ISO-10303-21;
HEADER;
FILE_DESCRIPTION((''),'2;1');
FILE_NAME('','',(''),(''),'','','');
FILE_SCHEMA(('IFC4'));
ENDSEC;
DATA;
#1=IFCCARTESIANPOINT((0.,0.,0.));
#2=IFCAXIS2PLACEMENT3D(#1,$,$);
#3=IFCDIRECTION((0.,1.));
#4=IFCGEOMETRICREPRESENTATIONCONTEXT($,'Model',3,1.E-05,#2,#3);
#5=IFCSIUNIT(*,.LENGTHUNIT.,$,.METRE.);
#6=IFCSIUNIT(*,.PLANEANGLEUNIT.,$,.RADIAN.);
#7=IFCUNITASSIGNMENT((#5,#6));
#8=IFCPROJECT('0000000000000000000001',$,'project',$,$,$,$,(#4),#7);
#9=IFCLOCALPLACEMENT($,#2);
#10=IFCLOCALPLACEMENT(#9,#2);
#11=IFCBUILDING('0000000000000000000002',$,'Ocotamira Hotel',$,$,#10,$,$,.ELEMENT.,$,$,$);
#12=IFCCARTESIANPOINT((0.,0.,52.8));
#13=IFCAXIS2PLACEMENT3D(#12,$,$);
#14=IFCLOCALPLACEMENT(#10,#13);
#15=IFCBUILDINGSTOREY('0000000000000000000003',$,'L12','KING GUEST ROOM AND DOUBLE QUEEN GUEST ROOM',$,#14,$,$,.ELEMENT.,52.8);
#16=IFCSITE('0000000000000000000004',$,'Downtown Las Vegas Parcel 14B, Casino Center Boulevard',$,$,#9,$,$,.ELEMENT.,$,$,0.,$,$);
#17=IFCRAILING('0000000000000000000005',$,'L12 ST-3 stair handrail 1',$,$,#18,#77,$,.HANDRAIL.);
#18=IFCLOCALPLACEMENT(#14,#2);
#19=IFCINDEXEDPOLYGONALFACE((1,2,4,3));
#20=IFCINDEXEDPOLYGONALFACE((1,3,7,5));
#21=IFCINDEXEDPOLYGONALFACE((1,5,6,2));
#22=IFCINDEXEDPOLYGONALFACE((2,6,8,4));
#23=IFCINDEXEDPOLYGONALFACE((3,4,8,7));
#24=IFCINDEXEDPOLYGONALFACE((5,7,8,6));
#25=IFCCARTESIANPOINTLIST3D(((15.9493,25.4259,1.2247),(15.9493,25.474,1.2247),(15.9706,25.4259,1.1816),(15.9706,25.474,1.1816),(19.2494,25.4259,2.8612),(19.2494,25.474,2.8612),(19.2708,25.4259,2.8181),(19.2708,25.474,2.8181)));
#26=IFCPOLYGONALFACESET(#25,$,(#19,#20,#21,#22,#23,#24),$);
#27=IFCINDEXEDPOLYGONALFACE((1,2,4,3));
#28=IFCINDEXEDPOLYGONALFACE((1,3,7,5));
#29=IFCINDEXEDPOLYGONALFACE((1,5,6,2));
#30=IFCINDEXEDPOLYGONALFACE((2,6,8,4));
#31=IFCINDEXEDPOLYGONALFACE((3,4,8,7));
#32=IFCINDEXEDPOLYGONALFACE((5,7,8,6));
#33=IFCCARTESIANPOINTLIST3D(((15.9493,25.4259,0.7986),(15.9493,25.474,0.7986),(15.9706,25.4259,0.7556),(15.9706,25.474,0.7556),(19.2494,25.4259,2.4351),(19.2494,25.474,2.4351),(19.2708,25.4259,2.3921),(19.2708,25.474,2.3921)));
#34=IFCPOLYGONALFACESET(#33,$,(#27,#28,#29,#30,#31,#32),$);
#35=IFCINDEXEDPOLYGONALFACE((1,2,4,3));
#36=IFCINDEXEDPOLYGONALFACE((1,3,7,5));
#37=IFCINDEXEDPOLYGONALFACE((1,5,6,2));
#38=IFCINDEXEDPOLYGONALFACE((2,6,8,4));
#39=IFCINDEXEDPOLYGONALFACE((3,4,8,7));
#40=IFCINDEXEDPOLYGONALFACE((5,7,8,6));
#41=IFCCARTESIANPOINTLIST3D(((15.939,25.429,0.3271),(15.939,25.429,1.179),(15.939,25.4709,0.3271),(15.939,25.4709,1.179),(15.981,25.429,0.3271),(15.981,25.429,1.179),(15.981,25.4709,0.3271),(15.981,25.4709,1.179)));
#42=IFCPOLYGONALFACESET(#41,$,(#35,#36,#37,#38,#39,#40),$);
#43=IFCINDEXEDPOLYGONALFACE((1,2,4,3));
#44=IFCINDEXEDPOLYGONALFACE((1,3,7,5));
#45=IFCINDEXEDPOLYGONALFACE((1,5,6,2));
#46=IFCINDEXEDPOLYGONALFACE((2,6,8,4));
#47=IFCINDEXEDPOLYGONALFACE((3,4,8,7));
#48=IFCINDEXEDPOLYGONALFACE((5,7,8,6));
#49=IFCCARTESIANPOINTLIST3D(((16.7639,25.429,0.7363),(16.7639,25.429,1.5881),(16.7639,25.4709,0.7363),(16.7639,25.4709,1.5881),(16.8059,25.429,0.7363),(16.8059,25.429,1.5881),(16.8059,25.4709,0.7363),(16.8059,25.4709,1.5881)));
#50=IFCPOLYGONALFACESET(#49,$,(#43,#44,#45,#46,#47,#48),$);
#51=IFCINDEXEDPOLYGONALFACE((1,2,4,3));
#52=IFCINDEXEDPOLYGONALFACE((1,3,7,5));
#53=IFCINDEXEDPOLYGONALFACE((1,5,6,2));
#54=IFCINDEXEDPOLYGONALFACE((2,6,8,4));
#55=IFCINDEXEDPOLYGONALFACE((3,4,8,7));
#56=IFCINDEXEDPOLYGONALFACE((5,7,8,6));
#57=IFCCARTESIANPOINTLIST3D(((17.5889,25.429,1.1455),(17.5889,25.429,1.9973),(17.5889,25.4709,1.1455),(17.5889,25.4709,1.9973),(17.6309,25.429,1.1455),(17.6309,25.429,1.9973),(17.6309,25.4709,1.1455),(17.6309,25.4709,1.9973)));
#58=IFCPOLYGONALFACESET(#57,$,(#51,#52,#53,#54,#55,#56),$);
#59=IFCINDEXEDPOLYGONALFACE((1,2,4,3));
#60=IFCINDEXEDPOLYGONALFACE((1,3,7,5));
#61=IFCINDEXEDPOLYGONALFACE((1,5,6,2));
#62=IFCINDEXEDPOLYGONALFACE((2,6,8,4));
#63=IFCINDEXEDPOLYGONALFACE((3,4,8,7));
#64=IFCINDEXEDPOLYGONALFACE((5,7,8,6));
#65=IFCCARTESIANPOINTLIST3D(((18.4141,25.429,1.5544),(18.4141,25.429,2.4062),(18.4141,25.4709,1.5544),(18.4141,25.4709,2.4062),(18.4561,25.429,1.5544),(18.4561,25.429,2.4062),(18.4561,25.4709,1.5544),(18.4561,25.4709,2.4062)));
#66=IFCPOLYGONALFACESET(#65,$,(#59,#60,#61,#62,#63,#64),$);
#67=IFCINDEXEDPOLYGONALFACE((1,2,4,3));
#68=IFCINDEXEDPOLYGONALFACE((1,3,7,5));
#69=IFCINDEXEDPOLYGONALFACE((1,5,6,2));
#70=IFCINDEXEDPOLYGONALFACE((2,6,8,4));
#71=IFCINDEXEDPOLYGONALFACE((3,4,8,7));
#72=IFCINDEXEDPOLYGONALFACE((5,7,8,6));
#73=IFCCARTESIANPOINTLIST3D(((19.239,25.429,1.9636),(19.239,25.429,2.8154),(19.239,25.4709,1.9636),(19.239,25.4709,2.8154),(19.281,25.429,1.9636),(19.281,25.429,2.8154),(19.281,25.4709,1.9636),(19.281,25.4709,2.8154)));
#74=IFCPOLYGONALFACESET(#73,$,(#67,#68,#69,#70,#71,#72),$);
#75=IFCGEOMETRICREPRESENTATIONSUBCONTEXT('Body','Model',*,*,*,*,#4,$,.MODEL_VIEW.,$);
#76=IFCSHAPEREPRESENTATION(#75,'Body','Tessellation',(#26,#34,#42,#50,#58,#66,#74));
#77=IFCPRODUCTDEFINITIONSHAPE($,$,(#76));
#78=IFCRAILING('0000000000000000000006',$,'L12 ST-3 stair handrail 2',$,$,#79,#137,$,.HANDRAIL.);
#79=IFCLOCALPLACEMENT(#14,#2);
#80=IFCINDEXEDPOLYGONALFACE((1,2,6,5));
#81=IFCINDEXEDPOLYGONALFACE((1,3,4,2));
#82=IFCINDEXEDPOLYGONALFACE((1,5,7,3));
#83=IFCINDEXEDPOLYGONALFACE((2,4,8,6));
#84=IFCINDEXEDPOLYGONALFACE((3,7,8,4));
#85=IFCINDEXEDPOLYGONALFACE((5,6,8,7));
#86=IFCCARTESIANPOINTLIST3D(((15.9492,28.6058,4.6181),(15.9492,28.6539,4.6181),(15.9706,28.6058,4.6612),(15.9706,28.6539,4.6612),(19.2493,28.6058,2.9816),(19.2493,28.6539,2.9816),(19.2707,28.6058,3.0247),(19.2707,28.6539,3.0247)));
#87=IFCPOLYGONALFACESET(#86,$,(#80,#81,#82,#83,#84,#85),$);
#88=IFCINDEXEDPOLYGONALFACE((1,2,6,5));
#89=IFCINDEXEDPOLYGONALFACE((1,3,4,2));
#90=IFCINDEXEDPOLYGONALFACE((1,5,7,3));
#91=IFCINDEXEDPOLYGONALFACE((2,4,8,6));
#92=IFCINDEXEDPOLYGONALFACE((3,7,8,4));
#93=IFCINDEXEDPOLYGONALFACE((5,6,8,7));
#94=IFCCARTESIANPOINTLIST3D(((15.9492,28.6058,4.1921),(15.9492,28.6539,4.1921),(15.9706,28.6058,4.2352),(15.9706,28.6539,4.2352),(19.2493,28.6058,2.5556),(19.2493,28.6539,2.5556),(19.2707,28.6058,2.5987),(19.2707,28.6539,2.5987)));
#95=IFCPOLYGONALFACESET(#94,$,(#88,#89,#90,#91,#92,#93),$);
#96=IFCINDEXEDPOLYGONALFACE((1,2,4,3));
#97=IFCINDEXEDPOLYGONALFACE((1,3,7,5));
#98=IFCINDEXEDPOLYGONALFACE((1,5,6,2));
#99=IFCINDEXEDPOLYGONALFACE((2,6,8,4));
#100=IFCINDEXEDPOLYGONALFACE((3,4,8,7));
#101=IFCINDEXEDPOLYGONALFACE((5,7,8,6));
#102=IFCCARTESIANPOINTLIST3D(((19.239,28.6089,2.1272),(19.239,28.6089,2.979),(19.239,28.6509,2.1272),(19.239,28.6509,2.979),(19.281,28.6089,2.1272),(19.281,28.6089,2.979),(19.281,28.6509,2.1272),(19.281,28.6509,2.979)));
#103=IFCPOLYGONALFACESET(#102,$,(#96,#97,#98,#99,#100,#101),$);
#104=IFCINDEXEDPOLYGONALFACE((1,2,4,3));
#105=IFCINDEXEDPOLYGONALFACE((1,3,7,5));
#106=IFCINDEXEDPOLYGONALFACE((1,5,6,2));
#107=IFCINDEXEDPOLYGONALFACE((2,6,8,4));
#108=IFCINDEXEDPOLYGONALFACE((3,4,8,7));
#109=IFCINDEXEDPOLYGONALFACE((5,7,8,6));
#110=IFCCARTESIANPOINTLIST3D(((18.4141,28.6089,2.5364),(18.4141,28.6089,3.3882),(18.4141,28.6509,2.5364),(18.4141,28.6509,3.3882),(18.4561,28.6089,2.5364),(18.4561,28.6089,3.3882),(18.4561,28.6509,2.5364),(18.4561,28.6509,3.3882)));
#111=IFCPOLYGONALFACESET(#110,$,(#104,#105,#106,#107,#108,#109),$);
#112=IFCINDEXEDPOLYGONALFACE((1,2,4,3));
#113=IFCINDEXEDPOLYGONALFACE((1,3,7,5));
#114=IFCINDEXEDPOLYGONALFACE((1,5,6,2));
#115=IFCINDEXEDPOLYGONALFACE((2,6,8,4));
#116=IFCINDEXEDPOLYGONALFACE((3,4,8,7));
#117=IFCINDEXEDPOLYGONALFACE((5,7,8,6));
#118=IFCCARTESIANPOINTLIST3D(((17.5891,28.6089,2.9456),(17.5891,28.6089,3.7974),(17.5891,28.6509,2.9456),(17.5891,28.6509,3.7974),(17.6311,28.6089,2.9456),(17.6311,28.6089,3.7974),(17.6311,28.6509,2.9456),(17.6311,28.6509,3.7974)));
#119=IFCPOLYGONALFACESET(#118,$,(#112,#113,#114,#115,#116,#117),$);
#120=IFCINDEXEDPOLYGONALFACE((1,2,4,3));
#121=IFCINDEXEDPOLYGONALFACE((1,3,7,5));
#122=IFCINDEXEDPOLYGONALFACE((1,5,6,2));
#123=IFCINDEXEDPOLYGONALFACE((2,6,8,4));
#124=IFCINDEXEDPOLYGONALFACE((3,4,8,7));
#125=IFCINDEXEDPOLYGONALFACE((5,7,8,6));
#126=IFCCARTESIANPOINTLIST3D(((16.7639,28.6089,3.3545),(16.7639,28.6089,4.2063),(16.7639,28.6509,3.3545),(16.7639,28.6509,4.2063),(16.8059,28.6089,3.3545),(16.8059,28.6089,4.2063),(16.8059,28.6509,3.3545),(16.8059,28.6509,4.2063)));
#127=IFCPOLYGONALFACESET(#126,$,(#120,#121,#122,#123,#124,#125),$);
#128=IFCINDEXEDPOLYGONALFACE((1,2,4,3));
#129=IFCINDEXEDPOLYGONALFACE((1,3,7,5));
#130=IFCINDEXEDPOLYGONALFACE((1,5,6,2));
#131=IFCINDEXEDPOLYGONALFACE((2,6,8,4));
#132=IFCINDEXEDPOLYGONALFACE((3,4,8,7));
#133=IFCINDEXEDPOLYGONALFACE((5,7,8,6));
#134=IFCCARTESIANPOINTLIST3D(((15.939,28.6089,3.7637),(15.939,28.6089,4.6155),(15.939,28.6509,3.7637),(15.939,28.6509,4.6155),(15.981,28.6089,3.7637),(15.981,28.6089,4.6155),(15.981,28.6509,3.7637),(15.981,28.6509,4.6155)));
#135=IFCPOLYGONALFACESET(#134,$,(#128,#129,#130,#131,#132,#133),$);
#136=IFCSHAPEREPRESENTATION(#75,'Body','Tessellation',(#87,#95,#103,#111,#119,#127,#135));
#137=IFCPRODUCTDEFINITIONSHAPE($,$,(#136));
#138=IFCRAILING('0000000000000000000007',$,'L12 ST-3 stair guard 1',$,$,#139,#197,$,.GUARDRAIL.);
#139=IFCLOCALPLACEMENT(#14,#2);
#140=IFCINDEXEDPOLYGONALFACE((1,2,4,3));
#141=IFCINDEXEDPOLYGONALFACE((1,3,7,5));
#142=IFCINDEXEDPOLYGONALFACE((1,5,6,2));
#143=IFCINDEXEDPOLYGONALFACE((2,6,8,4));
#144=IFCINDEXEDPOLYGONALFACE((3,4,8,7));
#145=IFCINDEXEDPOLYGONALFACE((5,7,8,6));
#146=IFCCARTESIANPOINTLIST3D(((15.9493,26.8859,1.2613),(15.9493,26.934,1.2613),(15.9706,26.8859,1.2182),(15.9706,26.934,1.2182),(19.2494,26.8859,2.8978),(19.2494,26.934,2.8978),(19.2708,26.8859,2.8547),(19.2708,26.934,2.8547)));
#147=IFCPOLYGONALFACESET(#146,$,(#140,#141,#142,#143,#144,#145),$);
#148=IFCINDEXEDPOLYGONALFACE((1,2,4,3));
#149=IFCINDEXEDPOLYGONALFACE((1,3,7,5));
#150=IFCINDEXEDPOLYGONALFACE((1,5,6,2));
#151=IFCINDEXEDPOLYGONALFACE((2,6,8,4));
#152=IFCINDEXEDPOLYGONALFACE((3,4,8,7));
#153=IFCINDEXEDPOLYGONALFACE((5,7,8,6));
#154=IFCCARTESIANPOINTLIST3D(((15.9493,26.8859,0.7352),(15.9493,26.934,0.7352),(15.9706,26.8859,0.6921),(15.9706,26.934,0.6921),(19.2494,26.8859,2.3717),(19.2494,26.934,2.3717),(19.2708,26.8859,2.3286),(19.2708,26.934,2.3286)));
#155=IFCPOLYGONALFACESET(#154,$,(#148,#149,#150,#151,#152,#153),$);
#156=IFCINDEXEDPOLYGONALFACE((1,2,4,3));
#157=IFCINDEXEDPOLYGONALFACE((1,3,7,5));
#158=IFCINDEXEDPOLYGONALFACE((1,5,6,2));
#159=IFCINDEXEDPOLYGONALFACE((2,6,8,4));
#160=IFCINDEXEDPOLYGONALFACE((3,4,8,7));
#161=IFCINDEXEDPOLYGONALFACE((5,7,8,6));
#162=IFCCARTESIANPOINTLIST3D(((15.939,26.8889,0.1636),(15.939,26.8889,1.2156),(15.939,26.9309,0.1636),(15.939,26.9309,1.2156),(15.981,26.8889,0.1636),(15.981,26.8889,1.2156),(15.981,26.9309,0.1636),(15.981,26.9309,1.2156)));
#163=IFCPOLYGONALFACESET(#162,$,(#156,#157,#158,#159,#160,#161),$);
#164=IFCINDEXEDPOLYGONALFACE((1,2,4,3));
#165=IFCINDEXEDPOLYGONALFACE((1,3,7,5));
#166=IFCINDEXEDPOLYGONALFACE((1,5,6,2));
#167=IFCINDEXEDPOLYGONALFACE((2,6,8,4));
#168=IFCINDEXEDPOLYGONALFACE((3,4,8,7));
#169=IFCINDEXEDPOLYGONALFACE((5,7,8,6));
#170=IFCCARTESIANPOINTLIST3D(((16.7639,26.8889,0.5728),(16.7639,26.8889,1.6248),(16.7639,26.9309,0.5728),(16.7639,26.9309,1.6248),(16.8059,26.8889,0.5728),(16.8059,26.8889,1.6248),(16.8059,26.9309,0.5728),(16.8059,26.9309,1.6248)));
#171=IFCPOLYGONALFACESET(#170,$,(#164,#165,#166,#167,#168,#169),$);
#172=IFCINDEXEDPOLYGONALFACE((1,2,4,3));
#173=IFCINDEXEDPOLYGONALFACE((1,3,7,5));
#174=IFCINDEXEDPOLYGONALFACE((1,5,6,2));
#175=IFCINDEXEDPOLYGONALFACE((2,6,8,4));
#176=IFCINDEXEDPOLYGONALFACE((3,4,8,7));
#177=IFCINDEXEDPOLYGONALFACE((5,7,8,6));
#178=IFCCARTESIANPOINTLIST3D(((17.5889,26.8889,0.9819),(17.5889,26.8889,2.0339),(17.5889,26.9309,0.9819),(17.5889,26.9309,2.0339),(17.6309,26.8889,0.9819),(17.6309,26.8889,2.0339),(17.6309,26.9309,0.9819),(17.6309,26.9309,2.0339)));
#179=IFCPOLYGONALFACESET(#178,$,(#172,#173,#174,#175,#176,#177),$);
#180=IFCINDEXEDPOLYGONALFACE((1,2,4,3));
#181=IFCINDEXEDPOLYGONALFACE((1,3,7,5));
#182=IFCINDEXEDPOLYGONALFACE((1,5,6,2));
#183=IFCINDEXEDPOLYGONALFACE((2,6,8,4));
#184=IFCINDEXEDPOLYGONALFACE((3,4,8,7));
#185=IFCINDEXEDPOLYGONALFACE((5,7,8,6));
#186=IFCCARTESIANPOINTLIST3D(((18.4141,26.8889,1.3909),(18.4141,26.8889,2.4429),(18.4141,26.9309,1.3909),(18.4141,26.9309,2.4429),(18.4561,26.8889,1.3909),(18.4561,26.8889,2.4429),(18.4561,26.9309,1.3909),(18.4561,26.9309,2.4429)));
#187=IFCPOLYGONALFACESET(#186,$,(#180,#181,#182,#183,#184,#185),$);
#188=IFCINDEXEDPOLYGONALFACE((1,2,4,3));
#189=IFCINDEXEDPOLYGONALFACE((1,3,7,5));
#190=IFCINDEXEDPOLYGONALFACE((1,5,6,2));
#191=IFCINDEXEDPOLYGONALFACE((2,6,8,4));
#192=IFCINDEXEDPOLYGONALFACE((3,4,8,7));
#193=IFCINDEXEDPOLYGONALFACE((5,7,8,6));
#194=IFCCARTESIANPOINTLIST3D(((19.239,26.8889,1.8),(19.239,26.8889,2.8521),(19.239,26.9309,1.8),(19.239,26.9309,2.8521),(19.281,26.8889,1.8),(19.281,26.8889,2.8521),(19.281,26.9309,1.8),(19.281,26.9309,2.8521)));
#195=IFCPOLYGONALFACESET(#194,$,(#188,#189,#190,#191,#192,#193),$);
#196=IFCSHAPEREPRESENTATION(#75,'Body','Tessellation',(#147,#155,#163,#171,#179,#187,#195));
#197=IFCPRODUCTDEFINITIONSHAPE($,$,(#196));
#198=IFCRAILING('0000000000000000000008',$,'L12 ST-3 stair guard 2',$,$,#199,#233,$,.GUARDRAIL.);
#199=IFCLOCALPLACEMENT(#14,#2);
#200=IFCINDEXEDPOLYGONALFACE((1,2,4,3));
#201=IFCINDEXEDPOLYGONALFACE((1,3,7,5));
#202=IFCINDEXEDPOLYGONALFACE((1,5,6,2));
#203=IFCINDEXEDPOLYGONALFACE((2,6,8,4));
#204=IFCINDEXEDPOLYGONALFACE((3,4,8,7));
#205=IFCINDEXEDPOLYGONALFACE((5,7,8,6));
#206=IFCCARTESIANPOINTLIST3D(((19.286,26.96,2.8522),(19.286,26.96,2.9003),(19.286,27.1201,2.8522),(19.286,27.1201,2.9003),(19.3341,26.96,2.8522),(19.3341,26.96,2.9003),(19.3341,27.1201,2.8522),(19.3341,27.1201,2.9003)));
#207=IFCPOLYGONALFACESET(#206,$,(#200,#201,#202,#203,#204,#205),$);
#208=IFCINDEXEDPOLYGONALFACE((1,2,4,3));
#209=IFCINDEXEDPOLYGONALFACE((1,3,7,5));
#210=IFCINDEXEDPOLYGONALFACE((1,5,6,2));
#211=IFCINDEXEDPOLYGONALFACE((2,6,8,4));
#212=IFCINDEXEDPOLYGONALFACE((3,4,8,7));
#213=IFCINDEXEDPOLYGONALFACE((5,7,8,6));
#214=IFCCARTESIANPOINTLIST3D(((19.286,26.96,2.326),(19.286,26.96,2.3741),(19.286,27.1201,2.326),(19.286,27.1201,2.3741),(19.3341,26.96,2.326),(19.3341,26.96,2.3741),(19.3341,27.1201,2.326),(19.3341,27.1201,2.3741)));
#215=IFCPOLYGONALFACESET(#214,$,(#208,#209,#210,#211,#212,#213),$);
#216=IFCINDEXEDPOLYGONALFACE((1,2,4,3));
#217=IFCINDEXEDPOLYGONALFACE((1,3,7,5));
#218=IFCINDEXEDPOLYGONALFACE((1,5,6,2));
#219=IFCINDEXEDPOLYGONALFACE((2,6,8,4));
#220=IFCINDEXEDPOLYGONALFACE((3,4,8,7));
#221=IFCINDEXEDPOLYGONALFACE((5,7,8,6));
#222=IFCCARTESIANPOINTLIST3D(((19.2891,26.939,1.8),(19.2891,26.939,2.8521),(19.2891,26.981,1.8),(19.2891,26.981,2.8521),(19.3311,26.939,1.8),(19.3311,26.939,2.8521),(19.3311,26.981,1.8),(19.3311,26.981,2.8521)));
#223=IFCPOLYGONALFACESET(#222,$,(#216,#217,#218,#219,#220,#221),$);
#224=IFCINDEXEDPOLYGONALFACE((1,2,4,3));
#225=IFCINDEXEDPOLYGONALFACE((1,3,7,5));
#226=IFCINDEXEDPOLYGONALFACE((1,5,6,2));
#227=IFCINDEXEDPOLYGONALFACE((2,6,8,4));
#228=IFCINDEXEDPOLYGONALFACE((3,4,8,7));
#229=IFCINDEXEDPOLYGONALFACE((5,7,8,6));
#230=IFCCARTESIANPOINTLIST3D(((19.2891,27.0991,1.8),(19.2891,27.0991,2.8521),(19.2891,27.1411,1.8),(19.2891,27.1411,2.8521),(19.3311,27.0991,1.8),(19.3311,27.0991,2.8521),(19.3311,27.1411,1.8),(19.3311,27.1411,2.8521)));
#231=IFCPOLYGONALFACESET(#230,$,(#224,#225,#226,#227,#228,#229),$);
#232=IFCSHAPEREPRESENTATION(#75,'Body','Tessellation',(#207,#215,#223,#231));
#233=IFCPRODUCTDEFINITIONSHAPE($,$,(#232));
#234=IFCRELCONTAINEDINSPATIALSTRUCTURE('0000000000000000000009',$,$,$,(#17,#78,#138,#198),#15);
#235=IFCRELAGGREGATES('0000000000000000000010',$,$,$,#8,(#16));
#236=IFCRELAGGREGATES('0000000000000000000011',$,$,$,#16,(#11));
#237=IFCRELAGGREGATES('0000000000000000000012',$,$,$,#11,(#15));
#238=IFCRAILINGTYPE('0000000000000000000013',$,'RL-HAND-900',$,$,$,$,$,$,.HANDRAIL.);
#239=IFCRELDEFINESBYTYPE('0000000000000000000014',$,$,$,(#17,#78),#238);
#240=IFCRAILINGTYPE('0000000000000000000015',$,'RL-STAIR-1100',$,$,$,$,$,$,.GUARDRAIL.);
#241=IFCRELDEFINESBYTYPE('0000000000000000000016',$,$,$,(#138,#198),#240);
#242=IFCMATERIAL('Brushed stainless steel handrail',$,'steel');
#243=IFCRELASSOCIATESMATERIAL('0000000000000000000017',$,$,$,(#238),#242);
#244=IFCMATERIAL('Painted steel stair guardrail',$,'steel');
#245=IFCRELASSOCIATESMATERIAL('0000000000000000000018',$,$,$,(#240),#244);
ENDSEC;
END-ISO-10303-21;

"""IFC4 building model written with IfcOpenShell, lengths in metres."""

from ifc_helpers import new_model, si_unit, direction, frame, origin, origin_2d, place, context, subcontext, project, spatial, rectangle, extrude, material, type_object, element, save


model = new_model("IFC4")

# Units and contexts
model_context = context("Model", 3, precision=1e-05, world=origin(), true_north=direction((0.0, 1.0)))
body_context = subcontext(model_context, "Body", "Model", "MODEL_VIEW")
ifc_project = project(units=[si_unit("LENGTHUNIT", "METRE"), si_unit("PLANEANGLEUNIT", "RADIAN")], contexts=[model_context])

# Site, building, storey
site_placement = place(None, origin())
site = spatial("IfcSite", under=ifc_project, at=site_placement, Name="Downtown Las Vegas Parcel 14B, Casino Center Boulevard", CompositionType="ELEMENT", RefElevation=0.0)
building_placement = place(site_placement, origin())
building = spatial("IfcBuilding", under=site, at=building_placement, Name="Ocotamira Hotel", CompositionType="ELEMENT")
storey_placement = place(building_placement, frame((0.0, 0.0, 52.8)))
storey = spatial("IfcBuildingStorey", under=building, at=storey_placement, Name="L12", Description="KING GUEST ROOM AND DOUBLE QUEEN GUEST ROOM", CompositionType="ELEMENT", Elevation=52.8)

# Railings
ifc_material_1 = material(Name="Brushed stainless steel handrail", Category="steel")
railing_type_1 = type_object("IfcRailingType", Name="RL-HAND-900", PredefinedType="HANDRAIL", material=ifc_material_1)
railing_1_placement = place(storey_placement, frame((15.96, 25.45, 0.3271)))
element("IfcRailing", 1, at=railing_1_placement, inside=storey, type_object=railing_type_1, Name="L12 ST-3 stair handrail 1", PredefinedType="HANDRAIL", context=body_context, shape_type="SweptSolid", body=[
    extrude(rectangle(XDim=0.0481, YDim=0.0481, at=origin_2d()), frame((0.0, 0.0, 0.876), z_axis=(0.895894, 0.0, 0.444268), x_axis=(0.0, 1.0, 0.0)), (0.0, 0.0, 1.0), 3.6836),
    extrude(rectangle(XDim=0.0481, YDim=0.0481, at=origin_2d()), frame((0.0, 0.0, 0.45), z_axis=(0.895894, 0.0, 0.444268), x_axis=(0.0, 1.0, 0.0)), (0.0, 0.0, 1.0), 3.6836),
    extrude(rectangle(XDim=0.042, YDim=0.042, at=origin_2d()), origin(), (0.0, 0.0, 1.0), 0.8518),
    extrude(rectangle(XDim=0.042, YDim=0.042, at=origin_2d()), frame((0.825, 0.0, 0.4092)), (0.0, 0.0, 1.0), 0.8518),
    extrude(rectangle(XDim=0.042, YDim=0.042, at=origin_2d()), frame((1.6499, 0.0, 0.8184)), (0.0, 0.0, 1.0), 0.8518),
    extrude(rectangle(XDim=0.042, YDim=0.042, at=origin_2d()), frame((2.4751, 0.0, 1.2273)), (0.0, 0.0, 1.0), 0.8518),
    extrude(rectangle(XDim=0.042, YDim=0.042, at=origin_2d()), frame((3.3, 0.0, 1.6365)), (0.0, 0.0, 1.0), 0.8518),
])
railing_2_placement = place(storey_placement, frame((19.26, 28.6299, 2.1272)))
element("IfcRailing", 2, at=railing_2_placement, inside=storey, type_object=railing_type_1, Name="L12 ST-3 stair handrail 2", PredefinedType="HANDRAIL", context=body_context, shape_type="SweptSolid", body=[
    extrude(rectangle(XDim=0.0481, YDim=0.0481, at=origin_2d()), frame((0.0, 0.0, 0.876), z_axis=(-0.895894, 0.0, 0.444268), x_axis=(0.0, -1.0, 0.0)), (0.0, 0.0, 1.0), 3.6836),
    extrude(rectangle(XDim=0.0481, YDim=0.0481, at=origin_2d()), frame((0.0, 0.0, 0.45), z_axis=(-0.895894, 0.0, 0.444268), x_axis=(0.0, -1.0, 0.0)), (0.0, 0.0, 1.0), 3.6836),
    extrude(rectangle(XDim=0.042, YDim=0.042, at=origin_2d()), origin(), (0.0, 0.0, 1.0), 0.8518),
    extrude(rectangle(XDim=0.042, YDim=0.042, at=origin_2d()), frame((-0.825, 0.0, 0.4092)), (0.0, 0.0, 1.0), 0.8518),
    extrude(rectangle(XDim=0.042, YDim=0.042, at=origin_2d()), frame((-1.6499, 0.0, 0.8184)), (0.0, 0.0, 1.0), 0.8518),
    extrude(rectangle(XDim=0.042, YDim=0.042, at=origin_2d()), frame((-2.4751, 0.0, 1.2273)), (0.0, 0.0, 1.0), 0.8518),
    extrude(rectangle(XDim=0.042, YDim=0.042, at=origin_2d()), frame((-3.3, 0.0, 1.6365)), (0.0, 0.0, 1.0), 0.8518),
])
ifc_material_2 = material(Name="Painted steel stair guardrail", Category="steel")
railing_type_2 = type_object("IfcRailingType", Name="RL-STAIR-1100", PredefinedType="GUARDRAIL", material=ifc_material_2)
railing_3_placement = place(storey_placement, frame((15.96, 26.9099, 0.1636)))
element("IfcRailing", 3, at=railing_3_placement, inside=storey, type_object=railing_type_2, Name="L12 ST-3 stair guard 1", PredefinedType="GUARDRAIL", context=body_context, shape_type="SweptSolid", body=[
    extrude(rectangle(XDim=0.0481, YDim=0.0481, at=origin_2d()), frame((0.0, 0.0, 1.0762), z_axis=(0.895894, 0.0, 0.444268), x_axis=(0.0, 1.0, 0.0)), (0.0, 0.0, 1.0), 3.6836),
    extrude(rectangle(XDim=0.0481, YDim=0.0481, at=origin_2d()), frame((0.0, 0.0, 0.55), z_axis=(0.895894, 0.0, 0.444268), x_axis=(0.0, 1.0, 0.0)), (0.0, 0.0, 1.0), 3.6836),
    extrude(rectangle(XDim=0.042, YDim=0.042, at=origin_2d()), origin(), (0.0, 0.0, 1.0), 1.052),
    extrude(rectangle(XDim=0.042, YDim=0.042, at=origin_2d()), frame((0.825, 0.0, 0.4092)), (0.0, 0.0, 1.0), 1.052),
    extrude(rectangle(XDim=0.042, YDim=0.042, at=origin_2d()), frame((1.6499, 0.0, 0.8184)), (0.0, 0.0, 1.0), 1.052),
    extrude(rectangle(XDim=0.042, YDim=0.042, at=origin_2d()), frame((2.4751, 0.0, 1.2273)), (0.0, 0.0, 1.0), 1.052),
    extrude(rectangle(XDim=0.042, YDim=0.042, at=origin_2d()), frame((3.3, 0.0, 1.6365)), (0.0, 0.0, 1.0), 1.052),
])
railing_4_placement = place(storey_placement, frame((19.3101, 26.96, 1.8)))
element("IfcRailing", 4, at=railing_4_placement, inside=storey, type_object=railing_type_2, Name="L12 ST-3 stair guard 2", PredefinedType="GUARDRAIL", context=body_context, shape_type="SweptSolid", body=[
    extrude(rectangle(XDim=0.0481, YDim=0.0481, at=origin_2d()), frame((0.0, 0.0, 1.0762), z_axis=(0.0, 1.0, 0.0), x_axis=(-1.0, 0.0, 0.0)), (0.0, 0.0, 1.0), 0.1602),
    extrude(rectangle(XDim=0.0481, YDim=0.0481, at=origin_2d()), frame((0.0, 0.0, 0.55), z_axis=(0.0, 1.0, 0.0), x_axis=(-1.0, 0.0, 0.0)), (0.0, 0.0, 1.0), 0.1602),
    extrude(rectangle(XDim=0.042, YDim=0.042, at=origin_2d()), origin(), (0.0, 0.0, 1.0), 1.052),
    extrude(rectangle(XDim=0.042, YDim=0.042, at=origin_2d()), frame((0.0, 0.1602, 0.0)), (0.0, 0.0, 1.0), 1.052),
])

save(model, "model.ifc")
